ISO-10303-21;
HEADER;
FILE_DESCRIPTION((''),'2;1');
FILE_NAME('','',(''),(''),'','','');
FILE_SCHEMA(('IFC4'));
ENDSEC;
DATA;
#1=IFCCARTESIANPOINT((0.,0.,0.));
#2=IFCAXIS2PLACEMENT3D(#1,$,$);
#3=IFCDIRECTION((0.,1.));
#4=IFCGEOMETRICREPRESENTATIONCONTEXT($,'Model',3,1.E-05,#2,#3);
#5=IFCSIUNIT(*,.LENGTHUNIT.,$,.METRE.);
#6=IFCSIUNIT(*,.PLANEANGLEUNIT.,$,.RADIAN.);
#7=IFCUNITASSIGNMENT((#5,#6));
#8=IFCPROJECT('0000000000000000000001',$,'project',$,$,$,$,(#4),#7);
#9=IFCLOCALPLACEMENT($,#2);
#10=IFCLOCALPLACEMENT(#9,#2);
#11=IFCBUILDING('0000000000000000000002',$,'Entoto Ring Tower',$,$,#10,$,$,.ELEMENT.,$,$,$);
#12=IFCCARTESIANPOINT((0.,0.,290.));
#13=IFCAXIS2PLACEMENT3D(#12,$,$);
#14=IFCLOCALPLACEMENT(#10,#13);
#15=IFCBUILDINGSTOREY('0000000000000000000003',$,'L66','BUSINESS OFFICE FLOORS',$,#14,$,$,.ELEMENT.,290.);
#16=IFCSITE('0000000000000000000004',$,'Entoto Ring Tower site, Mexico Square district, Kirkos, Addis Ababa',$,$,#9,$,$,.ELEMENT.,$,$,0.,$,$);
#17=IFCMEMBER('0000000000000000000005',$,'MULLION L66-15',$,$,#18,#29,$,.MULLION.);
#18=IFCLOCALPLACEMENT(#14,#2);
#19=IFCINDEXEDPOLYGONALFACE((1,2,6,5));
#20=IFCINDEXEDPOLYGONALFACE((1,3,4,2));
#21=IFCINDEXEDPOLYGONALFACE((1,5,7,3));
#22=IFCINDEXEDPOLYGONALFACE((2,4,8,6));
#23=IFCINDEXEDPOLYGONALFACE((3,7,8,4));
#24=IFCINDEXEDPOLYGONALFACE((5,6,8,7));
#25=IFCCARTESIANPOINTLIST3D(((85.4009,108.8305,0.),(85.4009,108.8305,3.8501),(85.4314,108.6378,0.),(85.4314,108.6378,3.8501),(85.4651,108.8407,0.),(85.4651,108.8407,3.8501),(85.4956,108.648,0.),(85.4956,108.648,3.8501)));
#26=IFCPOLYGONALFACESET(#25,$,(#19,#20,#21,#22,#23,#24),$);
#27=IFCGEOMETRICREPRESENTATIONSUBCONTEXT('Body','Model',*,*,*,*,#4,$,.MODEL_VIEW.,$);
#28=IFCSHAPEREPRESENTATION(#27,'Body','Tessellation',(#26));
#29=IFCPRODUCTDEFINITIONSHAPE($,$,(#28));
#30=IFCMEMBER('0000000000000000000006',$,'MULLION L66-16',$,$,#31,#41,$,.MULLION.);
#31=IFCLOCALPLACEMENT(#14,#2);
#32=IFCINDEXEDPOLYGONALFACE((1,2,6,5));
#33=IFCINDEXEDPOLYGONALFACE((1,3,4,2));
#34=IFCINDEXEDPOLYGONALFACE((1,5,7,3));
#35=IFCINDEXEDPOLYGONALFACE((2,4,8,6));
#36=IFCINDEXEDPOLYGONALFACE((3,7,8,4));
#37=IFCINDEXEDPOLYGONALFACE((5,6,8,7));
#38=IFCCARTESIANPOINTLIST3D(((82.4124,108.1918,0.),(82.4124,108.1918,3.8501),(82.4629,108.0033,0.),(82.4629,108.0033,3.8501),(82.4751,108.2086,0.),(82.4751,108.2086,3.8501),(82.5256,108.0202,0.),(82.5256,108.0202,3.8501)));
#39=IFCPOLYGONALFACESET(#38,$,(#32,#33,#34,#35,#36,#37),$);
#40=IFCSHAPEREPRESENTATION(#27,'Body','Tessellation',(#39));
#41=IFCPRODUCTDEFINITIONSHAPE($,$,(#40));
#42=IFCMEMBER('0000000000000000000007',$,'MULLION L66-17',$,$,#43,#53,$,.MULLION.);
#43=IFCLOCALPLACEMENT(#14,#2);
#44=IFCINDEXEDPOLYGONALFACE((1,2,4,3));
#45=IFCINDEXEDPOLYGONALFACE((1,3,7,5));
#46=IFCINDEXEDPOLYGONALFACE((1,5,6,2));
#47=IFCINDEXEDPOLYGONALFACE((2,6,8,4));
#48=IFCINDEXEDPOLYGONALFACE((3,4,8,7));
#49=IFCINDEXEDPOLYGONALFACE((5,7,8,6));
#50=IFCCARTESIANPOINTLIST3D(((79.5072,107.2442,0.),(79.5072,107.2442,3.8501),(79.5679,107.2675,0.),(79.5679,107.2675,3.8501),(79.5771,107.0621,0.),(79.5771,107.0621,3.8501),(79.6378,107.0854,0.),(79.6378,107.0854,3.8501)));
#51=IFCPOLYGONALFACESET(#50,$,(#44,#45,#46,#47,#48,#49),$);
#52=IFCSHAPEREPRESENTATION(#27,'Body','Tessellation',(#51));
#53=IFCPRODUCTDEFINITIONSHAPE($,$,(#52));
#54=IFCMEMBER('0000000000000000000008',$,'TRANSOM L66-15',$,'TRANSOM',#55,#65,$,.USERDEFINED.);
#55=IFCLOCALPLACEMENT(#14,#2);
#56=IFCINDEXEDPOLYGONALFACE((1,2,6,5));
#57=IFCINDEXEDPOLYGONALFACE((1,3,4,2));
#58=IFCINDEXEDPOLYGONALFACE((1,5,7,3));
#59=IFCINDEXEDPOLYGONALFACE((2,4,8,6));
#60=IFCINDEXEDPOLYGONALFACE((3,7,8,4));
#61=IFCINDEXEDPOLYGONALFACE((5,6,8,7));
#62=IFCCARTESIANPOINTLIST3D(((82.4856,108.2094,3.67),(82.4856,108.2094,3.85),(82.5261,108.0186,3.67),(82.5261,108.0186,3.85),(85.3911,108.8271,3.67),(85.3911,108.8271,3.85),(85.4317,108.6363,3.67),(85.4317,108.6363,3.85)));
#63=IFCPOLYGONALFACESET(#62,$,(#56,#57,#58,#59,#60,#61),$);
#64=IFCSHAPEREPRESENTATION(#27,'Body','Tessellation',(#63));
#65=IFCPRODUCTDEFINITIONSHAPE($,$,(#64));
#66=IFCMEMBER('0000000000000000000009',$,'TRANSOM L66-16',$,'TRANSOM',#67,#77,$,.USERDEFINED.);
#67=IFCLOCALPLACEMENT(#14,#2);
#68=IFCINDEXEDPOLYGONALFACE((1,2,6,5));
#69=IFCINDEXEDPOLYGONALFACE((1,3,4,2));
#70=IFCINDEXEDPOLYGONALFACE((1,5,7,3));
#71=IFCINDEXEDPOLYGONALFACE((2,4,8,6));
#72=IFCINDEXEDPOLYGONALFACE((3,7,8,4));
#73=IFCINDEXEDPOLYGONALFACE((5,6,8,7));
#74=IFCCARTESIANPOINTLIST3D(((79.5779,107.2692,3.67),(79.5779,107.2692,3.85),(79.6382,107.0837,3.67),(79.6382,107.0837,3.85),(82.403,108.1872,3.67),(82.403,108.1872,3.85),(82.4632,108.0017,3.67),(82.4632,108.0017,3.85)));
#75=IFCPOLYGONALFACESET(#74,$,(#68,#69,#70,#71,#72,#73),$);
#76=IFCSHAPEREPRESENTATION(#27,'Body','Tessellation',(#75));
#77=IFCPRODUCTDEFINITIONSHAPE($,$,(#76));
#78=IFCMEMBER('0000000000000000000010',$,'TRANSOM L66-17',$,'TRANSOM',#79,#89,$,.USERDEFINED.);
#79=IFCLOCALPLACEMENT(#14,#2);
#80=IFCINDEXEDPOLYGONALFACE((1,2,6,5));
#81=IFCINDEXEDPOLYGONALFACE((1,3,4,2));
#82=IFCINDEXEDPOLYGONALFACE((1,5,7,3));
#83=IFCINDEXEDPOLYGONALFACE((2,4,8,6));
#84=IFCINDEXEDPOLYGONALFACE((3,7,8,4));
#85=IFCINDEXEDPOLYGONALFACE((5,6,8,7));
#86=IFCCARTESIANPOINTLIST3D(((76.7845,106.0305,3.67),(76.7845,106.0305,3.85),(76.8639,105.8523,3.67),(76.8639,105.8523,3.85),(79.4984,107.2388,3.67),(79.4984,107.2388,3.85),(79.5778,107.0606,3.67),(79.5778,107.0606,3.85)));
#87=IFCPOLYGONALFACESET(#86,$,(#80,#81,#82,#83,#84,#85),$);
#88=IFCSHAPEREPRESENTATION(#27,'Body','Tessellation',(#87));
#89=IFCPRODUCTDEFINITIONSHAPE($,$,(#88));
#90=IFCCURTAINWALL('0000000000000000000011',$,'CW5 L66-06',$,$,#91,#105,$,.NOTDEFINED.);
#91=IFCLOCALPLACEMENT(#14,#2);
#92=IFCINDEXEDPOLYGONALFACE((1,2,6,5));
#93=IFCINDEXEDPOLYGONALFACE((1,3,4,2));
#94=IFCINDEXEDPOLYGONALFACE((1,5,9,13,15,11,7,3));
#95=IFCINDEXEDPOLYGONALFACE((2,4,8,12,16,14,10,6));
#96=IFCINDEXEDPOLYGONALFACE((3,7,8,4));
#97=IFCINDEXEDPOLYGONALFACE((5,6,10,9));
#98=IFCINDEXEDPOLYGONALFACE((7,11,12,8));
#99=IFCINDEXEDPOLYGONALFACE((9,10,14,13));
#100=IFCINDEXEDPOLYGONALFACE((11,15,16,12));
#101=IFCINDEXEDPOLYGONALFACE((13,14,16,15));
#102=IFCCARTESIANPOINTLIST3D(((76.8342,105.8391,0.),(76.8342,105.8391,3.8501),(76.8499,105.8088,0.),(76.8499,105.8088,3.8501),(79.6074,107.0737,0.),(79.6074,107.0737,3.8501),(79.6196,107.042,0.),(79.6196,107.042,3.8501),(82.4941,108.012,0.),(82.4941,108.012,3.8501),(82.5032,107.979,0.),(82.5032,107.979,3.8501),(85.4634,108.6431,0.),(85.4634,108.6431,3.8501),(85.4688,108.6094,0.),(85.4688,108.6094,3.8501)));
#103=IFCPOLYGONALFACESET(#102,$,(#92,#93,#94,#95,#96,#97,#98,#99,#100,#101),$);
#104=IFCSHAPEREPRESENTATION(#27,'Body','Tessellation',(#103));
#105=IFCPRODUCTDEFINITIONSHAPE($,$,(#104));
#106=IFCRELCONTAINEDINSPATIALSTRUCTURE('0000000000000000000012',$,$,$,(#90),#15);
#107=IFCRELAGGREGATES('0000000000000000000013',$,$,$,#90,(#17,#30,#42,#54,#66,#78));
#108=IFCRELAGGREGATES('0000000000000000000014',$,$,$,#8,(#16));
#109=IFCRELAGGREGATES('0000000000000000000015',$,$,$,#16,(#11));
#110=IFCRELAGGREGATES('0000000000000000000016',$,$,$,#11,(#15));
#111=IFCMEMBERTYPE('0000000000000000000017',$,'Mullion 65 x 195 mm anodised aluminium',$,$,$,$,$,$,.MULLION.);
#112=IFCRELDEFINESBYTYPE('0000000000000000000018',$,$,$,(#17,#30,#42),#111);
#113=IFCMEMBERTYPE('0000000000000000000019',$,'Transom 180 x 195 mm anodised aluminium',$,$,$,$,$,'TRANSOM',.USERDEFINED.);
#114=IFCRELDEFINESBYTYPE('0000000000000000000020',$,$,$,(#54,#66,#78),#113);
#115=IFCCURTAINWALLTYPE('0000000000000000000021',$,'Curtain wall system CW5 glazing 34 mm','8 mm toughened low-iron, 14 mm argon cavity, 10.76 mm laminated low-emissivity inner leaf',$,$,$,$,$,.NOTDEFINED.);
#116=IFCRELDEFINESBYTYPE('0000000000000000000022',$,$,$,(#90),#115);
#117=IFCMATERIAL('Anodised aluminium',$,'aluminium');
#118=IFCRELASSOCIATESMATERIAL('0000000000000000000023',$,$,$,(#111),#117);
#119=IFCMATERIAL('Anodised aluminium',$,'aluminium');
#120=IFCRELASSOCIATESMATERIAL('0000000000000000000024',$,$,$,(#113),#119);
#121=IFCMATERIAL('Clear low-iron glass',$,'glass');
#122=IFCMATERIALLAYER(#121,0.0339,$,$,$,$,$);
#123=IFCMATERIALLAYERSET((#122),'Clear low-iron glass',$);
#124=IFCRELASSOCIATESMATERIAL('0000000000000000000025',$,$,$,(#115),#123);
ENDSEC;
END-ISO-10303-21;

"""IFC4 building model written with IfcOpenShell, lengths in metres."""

from ifc_helpers import new_model, si_unit, direction, frame, origin, origin_2d, place, context, subcontext, project, spatial, polyline, rectangle, outline, extrude, material, layer, layer_set, material_profile, profile_set, type_object, element, aggregate, save


model = new_model("IFC4")

# Units and contexts
model_context = context("Model", 3, precision=1e-05, world=origin(), true_north=direction((0.0, 1.0)))
body_context = subcontext(model_context, "Body", "Model", "MODEL_VIEW")
ifc_project = project(units=[si_unit("LENGTHUNIT", "METRE"), si_unit("PLANEANGLEUNIT", "RADIAN")], contexts=[model_context])

# Members
ifc_material_1 = material(Name="Anodised aluminium", Category="aluminium")
ifc_material_profile_1 = material_profile(ifc_material_1, rectangle(XDim=0.0649, YDim=0.1951, at=origin_2d()), Name="Mullion 65 x 195 mm anodised aluminium")
ifc_profile_set_1 = profile_set([ifc_material_profile_1], Name="Anodised aluminium")
member_type_1 = type_object("IfcMemberType", Name="Mullion 65 x 195 mm anodised aluminium", PredefinedType="MULLION", material=ifc_profile_set_1)
site_placement = place(None, origin())
building_placement = place(site_placement, origin())
storey_placement = place(building_placement, frame((0.0, 0.0, 290.0)))
member_1_placement = place(storey_placement, frame((85.4482, 108.7393, 0.0), z_axis=(0.0, 0.0, 1.0), x_axis=(-0.987688, -0.156434, 0.0)))
member_1 = element("IfcMember", 1, at=member_1_placement, type_object=member_type_1, Name="MULLION L66-15", PredefinedType="MULLION", context=body_context, shape_type="SweptSolid", body=[
    extrude(rectangle(XDim=0.0649, YDim=0.1951, at=origin_2d()), origin(), (0.0, 0.0, 1.0), 3.8501),
])
member_2_placement = place(storey_placement, frame((82.469, 108.106, 0.0), z_axis=(0.0, 0.0, 1.0), x_axis=(-0.965926, -0.258819, 0.0)))
member_2 = element("IfcMember", 2, at=member_2_placement, type_object=member_type_1, Name="MULLION L66-16", PredefinedType="MULLION", context=body_context, shape_type="SweptSolid", body=[
    extrude(rectangle(XDim=0.0649, YDim=0.1951, at=origin_2d()), origin(), (0.0, 0.0, 1.0), 3.8501),
])
member_3_placement = place(storey_placement, frame((79.5725, 107.1648, 0.0), z_axis=(0.0, 0.0, 1.0), x_axis=(-0.93358, -0.358368, 0.0)))
member_3 = element("IfcMember", 3, at=member_3_placement, type_object=member_type_1, Name="MULLION L66-17", PredefinedType="MULLION", context=body_context, shape_type="SweptSolid", body=[
    extrude(rectangle(XDim=0.0649, YDim=0.1951, at=origin_2d()), origin(), (0.0, 0.0, 1.0), 3.8501),
])
ifc_material_2 = material(Name="Anodised aluminium", Category="aluminium")
ifc_material_profile_2 = material_profile(ifc_material_2, rectangle(XDim=0.1951, YDim=0.1799, at=origin_2d()), Name="Transom 180 x 195 mm anodised aluminium")
ifc_profile_set_2 = profile_set([ifc_material_profile_2], Name="Anodised aluminium")
member_type_2 = type_object("IfcMemberType", Name="Transom 180 x 195 mm anodised aluminium", ElementType="TRANSOM", PredefinedType="USERDEFINED", material=ifc_profile_set_2)
member_4_placement = place(storey_placement, frame((85.4114, 108.7317, 3.76), z_axis=(-0.978142, -0.20794, 0.0), x_axis=(0.20794, -0.978142, 0.0)))
member_4 = element("IfcMember", 4, at=member_4_placement, type_object=member_type_2, Name="TRANSOM L66-15", ObjectType="TRANSOM", PredefinedType="USERDEFINED", context=body_context, shape_type="SweptSolid", body=[
    extrude(rectangle(XDim=0.1951, YDim=0.1799, at=origin_2d()), origin(), (0.0, 0.0, 1.0), 2.9705),
])
member_5_placement = place(storey_placement, frame((82.4331, 108.0945, 3.76), z_axis=(-0.951048, -0.309043, 0.0), x_axis=(0.309043, -0.951048, 0.0)))
member_5 = element("IfcMember", 5, at=member_5_placement, type_object=member_type_2, Name="TRANSOM L66-16", ObjectType="TRANSOM", PredefinedType="USERDEFINED", context=body_context, shape_type="SweptSolid", body=[
    extrude(rectangle(XDim=0.1951, YDim=0.1799, at=origin_2d()), origin(), (0.0, 0.0, 1.0), 2.9705),
])
member_6_placement = place(storey_placement, frame((79.5381, 107.1497, 3.76), z_axis=(-0.91355, -0.406726, 0.0), x_axis=(0.406726, -0.91355, 0.0)))
member_6 = element("IfcMember", 6, at=member_6_placement, type_object=member_type_2, Name="TRANSOM L66-17", ObjectType="TRANSOM", PredefinedType="USERDEFINED", context=body_context, shape_type="SweptSolid", body=[
    extrude(rectangle(XDim=0.1951, YDim=0.1799, at=origin_2d()), origin(), (0.0, 0.0, 1.0), 2.9707),
])

# Site, building, storey
site = spatial("IfcSite", under=ifc_project, at=site_placement, Name="Entoto Ring Tower site, Mexico Square district, Kirkos, Addis Ababa", CompositionType="ELEMENT", RefElevation=0.0)
building = spatial("IfcBuilding", under=site, at=building_placement, Name="Entoto Ring Tower", CompositionType="ELEMENT")
storey = spatial("IfcBuildingStorey", under=building, at=storey_placement, Name="L66", Description="BUSINESS OFFICE FLOORS", CompositionType="ELEMENT", Elevation=290.0)

# Curtain wall
ifc_material_3 = material(Name="Clear low-iron glass", Category="glass")
ifc_layer = layer(ifc_material_3, 0.0339)
ifc_layer_set = layer_set([ifc_layer], Name="Clear low-iron glass")
curtain_wall_type = type_object("IfcCurtainWallType", Name="Curtain wall system CW5 glazing 34 mm", Description="8 mm toughened low-iron, 14 mm argon cavity, 10.76 mm laminated low-emissivity inner leaf", PredefinedType="NOTDEFINED", material=ifc_layer_set)
curtain_wall_1_placement = place(storey_placement, origin())
curtain_wall_1 = element("IfcCurtainWall", 7, at=curtain_wall_1_placement, inside=storey, type_object=curtain_wall_type, Name="CW5 L66-06", PredefinedType="NOTDEFINED", context=body_context, shape_type="SweptSolid", body=[
    extrude(outline(polyline([(85.4634, 108.6431), (82.4941, 108.012), (79.6074, 107.0737), (76.8342, 105.8391), (76.8499, 105.8088), (79.6196, 107.042), (82.5032, 107.979), (85.4688, 108.6094), (85.4634, 108.6431)])), origin(), (0.0, 0.0, 1.0), 3.8501),
])
aggregate(curtain_wall_1, [member_1, member_2, member_3, member_4, member_5, member_6])

save(model, "model.ifc")
